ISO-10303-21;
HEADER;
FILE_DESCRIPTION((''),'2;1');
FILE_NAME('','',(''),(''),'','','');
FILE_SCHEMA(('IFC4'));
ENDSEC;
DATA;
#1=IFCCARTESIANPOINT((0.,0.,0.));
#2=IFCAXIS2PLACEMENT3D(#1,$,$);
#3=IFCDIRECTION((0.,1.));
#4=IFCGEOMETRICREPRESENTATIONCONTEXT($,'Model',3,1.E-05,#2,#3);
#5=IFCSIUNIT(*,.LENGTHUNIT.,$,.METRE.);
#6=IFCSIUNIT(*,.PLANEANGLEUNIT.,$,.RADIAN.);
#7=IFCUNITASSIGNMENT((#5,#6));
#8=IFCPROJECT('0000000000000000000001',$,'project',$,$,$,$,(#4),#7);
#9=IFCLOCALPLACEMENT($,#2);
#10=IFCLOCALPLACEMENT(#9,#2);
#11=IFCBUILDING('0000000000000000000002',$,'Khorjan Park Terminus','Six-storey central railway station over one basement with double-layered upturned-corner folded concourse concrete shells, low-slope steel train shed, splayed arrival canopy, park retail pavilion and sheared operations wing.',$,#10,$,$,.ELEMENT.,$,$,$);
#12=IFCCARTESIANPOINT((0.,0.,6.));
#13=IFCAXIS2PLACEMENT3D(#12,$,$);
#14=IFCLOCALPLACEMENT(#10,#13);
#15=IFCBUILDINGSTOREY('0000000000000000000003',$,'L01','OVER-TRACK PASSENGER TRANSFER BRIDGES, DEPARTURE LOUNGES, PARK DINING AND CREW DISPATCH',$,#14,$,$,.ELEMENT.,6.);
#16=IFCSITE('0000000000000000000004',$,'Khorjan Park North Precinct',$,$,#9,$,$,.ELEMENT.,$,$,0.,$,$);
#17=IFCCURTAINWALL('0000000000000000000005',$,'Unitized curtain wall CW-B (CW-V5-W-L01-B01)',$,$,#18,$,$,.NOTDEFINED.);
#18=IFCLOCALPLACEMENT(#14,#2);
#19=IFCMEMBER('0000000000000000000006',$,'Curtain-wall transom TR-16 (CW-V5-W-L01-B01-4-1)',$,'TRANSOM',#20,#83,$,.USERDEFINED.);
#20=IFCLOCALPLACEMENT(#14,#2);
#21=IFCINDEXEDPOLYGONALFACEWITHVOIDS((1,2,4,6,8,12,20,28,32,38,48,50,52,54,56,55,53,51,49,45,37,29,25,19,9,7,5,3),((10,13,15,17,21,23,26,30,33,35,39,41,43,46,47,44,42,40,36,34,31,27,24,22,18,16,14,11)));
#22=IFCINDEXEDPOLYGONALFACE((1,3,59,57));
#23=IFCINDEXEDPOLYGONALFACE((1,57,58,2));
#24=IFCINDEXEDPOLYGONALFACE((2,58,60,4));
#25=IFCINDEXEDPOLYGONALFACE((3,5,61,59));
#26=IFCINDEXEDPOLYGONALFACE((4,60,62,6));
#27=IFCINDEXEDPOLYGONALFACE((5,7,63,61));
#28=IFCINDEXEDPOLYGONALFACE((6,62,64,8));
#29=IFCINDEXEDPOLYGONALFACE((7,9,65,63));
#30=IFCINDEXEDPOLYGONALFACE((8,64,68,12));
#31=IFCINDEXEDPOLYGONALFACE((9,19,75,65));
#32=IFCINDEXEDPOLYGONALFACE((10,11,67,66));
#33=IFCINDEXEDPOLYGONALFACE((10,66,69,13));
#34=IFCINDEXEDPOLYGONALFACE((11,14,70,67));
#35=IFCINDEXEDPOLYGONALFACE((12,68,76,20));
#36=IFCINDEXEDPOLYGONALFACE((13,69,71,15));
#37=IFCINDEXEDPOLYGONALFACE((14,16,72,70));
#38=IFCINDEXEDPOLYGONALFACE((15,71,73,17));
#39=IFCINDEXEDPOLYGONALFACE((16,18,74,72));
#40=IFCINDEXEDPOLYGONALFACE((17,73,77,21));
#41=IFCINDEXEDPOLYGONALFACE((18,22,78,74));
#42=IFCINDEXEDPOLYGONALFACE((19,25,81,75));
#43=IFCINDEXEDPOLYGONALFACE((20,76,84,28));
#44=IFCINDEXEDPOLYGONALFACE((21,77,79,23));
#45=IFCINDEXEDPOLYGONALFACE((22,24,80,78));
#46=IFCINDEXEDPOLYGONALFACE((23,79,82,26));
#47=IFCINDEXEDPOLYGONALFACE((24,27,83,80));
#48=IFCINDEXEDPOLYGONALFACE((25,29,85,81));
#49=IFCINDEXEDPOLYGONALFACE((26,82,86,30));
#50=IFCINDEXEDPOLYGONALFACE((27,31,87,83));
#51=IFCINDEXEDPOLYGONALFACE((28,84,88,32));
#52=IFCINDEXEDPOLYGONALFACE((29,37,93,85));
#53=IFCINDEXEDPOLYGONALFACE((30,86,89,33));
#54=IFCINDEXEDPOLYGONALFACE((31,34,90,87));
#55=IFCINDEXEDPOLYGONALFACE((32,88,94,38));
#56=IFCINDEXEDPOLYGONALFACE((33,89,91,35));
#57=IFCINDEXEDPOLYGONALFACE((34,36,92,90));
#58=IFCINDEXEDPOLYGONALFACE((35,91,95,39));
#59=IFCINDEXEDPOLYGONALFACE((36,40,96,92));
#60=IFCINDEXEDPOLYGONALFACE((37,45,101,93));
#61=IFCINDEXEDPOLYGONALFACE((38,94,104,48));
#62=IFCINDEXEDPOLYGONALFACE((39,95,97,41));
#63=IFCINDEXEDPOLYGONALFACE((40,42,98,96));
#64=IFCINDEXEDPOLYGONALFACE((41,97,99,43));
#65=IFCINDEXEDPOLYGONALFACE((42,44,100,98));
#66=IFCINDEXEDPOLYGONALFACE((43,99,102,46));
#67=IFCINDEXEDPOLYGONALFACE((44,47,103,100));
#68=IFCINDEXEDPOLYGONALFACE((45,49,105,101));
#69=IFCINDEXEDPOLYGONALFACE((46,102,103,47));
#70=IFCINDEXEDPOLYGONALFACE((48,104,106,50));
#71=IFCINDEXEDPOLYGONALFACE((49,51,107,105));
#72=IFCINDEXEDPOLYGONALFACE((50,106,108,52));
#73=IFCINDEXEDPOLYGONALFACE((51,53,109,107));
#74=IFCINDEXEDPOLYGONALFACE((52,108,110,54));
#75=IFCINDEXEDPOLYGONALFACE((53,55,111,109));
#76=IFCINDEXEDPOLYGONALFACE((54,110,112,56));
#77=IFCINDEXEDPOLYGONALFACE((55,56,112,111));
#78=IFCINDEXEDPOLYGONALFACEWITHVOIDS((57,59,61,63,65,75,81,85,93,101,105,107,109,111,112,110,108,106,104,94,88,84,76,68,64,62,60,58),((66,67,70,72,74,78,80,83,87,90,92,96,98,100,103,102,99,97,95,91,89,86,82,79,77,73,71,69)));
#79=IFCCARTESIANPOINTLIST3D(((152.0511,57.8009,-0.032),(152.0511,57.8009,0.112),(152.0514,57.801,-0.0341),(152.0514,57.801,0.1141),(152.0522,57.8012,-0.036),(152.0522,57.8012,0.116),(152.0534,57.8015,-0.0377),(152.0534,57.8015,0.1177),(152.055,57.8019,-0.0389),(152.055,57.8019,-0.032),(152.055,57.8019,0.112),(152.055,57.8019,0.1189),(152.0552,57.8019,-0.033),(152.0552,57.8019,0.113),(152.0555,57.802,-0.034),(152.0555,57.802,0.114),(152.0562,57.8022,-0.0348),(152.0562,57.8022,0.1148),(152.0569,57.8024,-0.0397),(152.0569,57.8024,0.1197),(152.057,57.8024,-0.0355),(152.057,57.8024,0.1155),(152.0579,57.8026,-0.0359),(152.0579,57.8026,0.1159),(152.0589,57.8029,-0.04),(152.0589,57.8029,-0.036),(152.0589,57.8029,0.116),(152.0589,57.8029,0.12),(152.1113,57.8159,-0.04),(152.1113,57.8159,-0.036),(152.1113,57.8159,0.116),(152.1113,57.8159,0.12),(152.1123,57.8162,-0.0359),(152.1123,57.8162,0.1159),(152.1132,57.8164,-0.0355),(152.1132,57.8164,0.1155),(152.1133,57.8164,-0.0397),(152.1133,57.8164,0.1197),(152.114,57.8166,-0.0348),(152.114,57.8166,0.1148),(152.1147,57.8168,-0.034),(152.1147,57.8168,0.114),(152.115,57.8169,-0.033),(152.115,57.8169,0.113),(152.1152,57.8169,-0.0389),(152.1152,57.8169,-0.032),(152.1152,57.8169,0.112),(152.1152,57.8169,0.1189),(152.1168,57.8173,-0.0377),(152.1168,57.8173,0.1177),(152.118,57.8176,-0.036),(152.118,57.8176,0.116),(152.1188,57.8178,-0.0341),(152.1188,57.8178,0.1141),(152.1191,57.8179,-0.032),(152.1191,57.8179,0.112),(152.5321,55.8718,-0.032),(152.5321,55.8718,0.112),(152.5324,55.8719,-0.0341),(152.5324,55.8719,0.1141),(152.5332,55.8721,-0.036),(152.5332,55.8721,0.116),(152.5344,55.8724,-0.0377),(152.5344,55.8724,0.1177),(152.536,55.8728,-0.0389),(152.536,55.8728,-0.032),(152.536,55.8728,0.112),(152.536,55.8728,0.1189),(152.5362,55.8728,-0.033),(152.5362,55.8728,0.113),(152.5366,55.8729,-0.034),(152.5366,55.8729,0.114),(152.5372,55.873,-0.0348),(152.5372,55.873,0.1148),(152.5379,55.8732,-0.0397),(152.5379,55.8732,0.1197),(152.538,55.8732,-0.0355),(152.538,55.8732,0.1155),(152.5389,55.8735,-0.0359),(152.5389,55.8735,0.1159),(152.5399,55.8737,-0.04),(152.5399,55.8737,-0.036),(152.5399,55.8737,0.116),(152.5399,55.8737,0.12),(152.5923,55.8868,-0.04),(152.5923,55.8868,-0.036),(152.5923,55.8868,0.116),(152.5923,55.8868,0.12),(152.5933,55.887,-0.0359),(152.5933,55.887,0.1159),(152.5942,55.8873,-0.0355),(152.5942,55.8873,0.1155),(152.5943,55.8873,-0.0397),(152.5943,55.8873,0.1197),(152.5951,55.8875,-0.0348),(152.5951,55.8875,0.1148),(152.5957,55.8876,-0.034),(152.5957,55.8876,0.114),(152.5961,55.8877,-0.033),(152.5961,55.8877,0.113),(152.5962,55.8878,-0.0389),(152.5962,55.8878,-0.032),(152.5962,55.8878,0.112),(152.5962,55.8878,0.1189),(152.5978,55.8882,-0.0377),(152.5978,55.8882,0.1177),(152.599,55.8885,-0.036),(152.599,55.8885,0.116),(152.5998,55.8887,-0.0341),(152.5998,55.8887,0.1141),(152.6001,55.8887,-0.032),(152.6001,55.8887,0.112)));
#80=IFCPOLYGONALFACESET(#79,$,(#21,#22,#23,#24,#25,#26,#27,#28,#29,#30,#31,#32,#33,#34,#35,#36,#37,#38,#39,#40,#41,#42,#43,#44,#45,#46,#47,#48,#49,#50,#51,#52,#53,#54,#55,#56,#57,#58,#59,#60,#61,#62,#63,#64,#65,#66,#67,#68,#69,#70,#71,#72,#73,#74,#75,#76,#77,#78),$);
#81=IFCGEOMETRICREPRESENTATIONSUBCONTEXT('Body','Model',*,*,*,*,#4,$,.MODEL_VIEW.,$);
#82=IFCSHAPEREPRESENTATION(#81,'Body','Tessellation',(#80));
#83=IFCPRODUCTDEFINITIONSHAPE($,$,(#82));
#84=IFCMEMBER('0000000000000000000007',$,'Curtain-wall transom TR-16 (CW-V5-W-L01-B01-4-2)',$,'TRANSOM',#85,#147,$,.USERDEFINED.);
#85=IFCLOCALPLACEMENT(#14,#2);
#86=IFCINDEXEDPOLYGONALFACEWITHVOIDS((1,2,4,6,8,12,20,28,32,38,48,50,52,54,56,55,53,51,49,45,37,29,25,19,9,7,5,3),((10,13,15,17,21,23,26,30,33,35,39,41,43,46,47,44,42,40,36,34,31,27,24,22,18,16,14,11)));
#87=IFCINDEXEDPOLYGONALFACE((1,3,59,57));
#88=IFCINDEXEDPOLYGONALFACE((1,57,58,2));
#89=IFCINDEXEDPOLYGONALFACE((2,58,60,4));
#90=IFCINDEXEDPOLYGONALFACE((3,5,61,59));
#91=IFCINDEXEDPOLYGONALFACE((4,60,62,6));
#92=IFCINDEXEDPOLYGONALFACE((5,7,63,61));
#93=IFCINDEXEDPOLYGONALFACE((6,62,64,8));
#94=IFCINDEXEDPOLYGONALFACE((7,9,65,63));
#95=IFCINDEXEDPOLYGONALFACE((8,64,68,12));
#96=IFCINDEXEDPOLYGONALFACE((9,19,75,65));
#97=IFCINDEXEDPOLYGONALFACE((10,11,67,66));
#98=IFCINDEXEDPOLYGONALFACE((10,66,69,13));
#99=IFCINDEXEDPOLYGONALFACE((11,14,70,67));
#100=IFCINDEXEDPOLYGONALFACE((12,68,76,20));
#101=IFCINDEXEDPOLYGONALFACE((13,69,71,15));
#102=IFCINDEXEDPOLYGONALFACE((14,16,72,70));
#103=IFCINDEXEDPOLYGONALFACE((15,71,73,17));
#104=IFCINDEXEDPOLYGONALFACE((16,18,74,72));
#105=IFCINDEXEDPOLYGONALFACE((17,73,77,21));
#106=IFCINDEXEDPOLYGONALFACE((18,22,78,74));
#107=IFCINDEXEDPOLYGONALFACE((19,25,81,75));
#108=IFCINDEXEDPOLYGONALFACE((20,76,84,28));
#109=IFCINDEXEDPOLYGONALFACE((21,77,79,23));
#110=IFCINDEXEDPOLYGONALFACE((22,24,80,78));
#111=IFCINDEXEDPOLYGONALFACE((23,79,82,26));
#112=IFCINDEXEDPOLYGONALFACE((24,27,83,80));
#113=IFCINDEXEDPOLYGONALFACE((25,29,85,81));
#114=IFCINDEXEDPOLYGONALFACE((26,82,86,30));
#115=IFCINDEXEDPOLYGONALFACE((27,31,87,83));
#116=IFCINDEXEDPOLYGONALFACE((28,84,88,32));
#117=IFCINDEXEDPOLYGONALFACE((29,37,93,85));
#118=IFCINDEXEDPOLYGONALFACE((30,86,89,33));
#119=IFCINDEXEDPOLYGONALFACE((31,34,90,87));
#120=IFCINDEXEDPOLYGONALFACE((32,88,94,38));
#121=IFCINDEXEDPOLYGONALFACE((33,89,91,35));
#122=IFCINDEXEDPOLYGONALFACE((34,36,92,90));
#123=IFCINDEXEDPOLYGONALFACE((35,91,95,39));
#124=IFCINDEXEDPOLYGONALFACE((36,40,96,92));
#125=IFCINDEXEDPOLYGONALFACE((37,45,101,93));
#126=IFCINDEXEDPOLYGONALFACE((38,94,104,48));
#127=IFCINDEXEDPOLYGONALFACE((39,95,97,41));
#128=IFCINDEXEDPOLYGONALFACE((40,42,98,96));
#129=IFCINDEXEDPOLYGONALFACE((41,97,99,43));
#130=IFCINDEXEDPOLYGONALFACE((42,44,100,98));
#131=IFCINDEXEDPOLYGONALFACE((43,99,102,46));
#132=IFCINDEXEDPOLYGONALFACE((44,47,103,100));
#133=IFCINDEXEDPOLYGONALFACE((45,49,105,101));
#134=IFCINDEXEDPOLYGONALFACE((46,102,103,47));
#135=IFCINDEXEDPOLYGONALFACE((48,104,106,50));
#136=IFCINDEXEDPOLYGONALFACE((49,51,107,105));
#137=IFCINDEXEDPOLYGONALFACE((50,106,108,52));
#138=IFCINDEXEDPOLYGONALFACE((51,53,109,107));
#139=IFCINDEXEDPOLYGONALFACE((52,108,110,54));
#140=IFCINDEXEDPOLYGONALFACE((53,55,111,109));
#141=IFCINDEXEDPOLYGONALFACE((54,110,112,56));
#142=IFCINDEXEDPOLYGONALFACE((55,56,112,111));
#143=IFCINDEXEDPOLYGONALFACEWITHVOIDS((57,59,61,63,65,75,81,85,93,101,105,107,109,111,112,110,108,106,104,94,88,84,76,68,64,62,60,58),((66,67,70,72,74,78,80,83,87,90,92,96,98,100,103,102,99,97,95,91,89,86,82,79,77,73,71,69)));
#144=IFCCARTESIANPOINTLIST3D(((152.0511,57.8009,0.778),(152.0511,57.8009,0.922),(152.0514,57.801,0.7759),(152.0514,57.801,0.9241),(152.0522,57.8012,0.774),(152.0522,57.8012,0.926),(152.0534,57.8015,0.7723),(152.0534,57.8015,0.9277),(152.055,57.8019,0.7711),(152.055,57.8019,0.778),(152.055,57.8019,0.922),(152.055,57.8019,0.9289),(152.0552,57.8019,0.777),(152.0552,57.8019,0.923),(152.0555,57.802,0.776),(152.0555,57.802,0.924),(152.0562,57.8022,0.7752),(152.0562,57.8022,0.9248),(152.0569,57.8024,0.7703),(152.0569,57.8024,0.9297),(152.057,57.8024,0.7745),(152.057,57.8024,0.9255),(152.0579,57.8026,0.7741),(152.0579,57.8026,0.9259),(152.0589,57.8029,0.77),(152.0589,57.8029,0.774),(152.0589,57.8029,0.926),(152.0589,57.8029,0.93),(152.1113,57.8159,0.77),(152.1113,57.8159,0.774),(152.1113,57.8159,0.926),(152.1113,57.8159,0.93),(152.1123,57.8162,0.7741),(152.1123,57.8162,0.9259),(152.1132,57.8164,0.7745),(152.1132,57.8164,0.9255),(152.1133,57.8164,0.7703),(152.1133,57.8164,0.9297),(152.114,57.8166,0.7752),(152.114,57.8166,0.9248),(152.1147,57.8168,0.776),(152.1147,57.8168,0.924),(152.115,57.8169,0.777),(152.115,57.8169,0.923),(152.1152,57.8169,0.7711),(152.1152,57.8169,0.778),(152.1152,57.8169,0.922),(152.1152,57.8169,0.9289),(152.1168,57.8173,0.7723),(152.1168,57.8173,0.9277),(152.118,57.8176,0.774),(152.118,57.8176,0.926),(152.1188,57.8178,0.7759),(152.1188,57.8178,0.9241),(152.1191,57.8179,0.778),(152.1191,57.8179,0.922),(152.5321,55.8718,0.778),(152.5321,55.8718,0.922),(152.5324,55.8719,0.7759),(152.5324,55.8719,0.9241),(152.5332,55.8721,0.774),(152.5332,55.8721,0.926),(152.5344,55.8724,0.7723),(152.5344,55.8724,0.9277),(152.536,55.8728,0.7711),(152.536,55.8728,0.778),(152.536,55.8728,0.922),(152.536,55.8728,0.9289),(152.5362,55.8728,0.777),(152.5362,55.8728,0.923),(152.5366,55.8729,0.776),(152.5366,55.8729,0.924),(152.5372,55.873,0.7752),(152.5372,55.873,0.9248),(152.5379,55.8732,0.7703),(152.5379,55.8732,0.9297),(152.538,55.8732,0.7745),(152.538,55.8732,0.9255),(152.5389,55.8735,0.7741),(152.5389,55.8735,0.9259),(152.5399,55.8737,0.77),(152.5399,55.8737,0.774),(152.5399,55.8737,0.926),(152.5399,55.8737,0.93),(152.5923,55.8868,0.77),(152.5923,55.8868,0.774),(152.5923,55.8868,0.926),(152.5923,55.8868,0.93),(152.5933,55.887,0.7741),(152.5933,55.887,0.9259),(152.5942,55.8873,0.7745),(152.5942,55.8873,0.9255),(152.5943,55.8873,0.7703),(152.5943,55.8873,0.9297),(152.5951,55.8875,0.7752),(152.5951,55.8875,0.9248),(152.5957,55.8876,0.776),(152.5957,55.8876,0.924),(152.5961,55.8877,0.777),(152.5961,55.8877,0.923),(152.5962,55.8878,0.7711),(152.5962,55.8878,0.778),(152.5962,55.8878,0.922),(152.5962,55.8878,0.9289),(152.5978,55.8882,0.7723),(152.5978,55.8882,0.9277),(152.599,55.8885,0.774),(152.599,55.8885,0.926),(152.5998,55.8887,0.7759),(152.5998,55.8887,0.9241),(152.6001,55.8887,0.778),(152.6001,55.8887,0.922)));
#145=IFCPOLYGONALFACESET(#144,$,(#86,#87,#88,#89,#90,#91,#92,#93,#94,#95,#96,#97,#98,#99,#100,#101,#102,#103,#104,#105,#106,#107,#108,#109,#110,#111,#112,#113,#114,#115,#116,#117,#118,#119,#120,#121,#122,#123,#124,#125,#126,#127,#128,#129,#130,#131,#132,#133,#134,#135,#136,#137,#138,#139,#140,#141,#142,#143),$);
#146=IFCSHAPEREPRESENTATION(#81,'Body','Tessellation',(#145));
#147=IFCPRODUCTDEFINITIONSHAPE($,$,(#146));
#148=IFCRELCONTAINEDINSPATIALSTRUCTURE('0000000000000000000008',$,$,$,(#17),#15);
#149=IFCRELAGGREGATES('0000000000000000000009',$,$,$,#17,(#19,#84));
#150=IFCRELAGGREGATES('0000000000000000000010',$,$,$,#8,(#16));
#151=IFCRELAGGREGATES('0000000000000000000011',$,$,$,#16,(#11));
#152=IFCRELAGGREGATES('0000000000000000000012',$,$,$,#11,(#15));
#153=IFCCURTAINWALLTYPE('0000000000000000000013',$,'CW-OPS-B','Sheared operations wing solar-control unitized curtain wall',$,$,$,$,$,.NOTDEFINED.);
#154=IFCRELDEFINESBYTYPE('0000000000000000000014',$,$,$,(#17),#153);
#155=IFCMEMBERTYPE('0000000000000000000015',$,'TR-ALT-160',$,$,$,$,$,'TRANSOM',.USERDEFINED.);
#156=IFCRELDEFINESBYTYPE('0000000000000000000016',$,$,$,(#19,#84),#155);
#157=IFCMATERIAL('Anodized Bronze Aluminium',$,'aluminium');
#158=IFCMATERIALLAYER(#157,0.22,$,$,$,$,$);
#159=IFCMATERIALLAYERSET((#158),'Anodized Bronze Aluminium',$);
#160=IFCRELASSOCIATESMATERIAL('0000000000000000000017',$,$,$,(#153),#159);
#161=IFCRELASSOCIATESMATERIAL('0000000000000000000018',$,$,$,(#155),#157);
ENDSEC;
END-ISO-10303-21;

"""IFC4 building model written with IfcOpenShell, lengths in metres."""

from ifc_helpers import new_model, si_unit, direction, frame, origin, origin_2d, place, context, subcontext, project, spatial, hollow_rectangle, extrude, material, layer, layer_set, material_profile, profile_set, type_object, element, aggregate, save


model = new_model("IFC4")

# Units and contexts
model_context = context("Model", 3, precision=1e-05, world=origin(), true_north=direction((0.0, 1.0)))
body_context = subcontext(model_context, "Body", "Model", "MODEL_VIEW")
ifc_project = project(units=[si_unit("LENGTHUNIT", "METRE"), si_unit("PLANEANGLEUNIT", "RADIAN")], contexts=[model_context])

# Site, building, storey
site_placement = place(None, origin())
site = spatial("IfcSite", under=ifc_project, at=site_placement, Name="Khorjan Park North Precinct", CompositionType="ELEMENT", RefElevation=0.0)
building_placement = place(site_placement, origin())
building = spatial("IfcBuilding", under=site, at=building_placement, Name="Khorjan Park Terminus", Description="Six-storey central railway station over one basement with double-layered upturned-corner folded concourse concrete shells, low-slope steel train shed, splayed arrival canopy, park retail pavilion and sheared operations wing.", CompositionType="ELEMENT")
storey_placement = place(building_placement, frame((0.0, 0.0, 6.0)))
storey = spatial("IfcBuildingStorey", under=building, at=storey_placement, Name="L01", Description="OVER-TRACK PASSENGER TRANSFER BRIDGES, DEPARTURE LOUNGES, PARK DINING AND CREW DISPATCH", CompositionType="ELEMENT", Elevation=6.0)

# Curtain wall, members
ifc_material_1 = material(Name="Anodized Bronze Aluminium", Category="aluminium")
ifc_layer_1 = layer(ifc_material_1, 0.22)
ifc_layer_set_1 = layer_set([ifc_layer_1], Name="Anodized Bronze Aluminium")
curtain_wall_type = type_object("IfcCurtainWallType", Name="CW-OPS-B", Description="Sheared operations wing solar-control unitized curtain wall", PredefinedType="NOTDEFINED", material=ifc_layer_set_1)
curtain_wall_placement = place(storey_placement, origin())
curtain_wall = element("IfcCurtainWall", 1, at=curtain_wall_placement, inside=storey, type_object=curtain_wall_type, Name="Unitized curtain wall CW-B (CW-V5-W-L01-B01)", PredefinedType="NOTDEFINED")
ifc_material_profile_1 = material_profile(ifc_material_1, hollow_rectangle(XDim=0.07, YDim=0.16, WallThickness=0.004, InnerFilletRadius=0.004, OuterFilletRadius=0.008, at=origin_2d()), Name="ALT 70x160x4")
ifc_profile_set_1 = profile_set([ifc_material_profile_1], Name="Anodized Bronze Aluminium")
member_type_1 = type_object("IfcMemberType", Name="TR-ALT-160", ElementType="TRANSOM", PredefinedType="USERDEFINED", material=ifc_profile_set_1)
member_1_placement = place(storey_placement, frame((152.0851, 57.8094, 0.04), z_axis=(0.241932, -0.970293, 0.0), x_axis=(0.970293, 0.241932, 0.0)))
member_1 = element("IfcMember", 2, at=member_1_placement, type_object=member_type_1, Name="Curtain-wall transom TR-16 (CW-V5-W-L01-B01-4-1)", ObjectType="TRANSOM", PredefinedType="USERDEFINED", context=body_context, shape_type="SweptSolid", body=[
    extrude(hollow_rectangle(XDim=0.07, YDim=0.16, WallThickness=0.004, InnerFilletRadius=0.004, OuterFilletRadius=0.008, at=origin_2d()), origin(), (0.0, 0.0, 1.0), 1.9882),
])
member_2_placement = place(storey_placement, frame((152.0851, 57.8094, 0.85), z_axis=(0.241932, -0.970293, 0.0), x_axis=(0.970293, 0.241932, 0.0)))
member_2 = element("IfcMember", 3, at=member_2_placement, type_object=member_type_1, Name="Curtain-wall transom TR-16 (CW-V5-W-L01-B01-4-2)", ObjectType="TRANSOM", PredefinedType="USERDEFINED", context=body_context, shape_type="SweptSolid", body=[
    extrude(hollow_rectangle(XDim=0.07, YDim=0.16, WallThickness=0.004, InnerFilletRadius=0.004, OuterFilletRadius=0.008, at=origin_2d()), origin(), (0.0, 0.0, 1.0), 1.9882),
])
aggregate(curtain_wall, [member_1, member_2])

save(model, "model.ifc")
